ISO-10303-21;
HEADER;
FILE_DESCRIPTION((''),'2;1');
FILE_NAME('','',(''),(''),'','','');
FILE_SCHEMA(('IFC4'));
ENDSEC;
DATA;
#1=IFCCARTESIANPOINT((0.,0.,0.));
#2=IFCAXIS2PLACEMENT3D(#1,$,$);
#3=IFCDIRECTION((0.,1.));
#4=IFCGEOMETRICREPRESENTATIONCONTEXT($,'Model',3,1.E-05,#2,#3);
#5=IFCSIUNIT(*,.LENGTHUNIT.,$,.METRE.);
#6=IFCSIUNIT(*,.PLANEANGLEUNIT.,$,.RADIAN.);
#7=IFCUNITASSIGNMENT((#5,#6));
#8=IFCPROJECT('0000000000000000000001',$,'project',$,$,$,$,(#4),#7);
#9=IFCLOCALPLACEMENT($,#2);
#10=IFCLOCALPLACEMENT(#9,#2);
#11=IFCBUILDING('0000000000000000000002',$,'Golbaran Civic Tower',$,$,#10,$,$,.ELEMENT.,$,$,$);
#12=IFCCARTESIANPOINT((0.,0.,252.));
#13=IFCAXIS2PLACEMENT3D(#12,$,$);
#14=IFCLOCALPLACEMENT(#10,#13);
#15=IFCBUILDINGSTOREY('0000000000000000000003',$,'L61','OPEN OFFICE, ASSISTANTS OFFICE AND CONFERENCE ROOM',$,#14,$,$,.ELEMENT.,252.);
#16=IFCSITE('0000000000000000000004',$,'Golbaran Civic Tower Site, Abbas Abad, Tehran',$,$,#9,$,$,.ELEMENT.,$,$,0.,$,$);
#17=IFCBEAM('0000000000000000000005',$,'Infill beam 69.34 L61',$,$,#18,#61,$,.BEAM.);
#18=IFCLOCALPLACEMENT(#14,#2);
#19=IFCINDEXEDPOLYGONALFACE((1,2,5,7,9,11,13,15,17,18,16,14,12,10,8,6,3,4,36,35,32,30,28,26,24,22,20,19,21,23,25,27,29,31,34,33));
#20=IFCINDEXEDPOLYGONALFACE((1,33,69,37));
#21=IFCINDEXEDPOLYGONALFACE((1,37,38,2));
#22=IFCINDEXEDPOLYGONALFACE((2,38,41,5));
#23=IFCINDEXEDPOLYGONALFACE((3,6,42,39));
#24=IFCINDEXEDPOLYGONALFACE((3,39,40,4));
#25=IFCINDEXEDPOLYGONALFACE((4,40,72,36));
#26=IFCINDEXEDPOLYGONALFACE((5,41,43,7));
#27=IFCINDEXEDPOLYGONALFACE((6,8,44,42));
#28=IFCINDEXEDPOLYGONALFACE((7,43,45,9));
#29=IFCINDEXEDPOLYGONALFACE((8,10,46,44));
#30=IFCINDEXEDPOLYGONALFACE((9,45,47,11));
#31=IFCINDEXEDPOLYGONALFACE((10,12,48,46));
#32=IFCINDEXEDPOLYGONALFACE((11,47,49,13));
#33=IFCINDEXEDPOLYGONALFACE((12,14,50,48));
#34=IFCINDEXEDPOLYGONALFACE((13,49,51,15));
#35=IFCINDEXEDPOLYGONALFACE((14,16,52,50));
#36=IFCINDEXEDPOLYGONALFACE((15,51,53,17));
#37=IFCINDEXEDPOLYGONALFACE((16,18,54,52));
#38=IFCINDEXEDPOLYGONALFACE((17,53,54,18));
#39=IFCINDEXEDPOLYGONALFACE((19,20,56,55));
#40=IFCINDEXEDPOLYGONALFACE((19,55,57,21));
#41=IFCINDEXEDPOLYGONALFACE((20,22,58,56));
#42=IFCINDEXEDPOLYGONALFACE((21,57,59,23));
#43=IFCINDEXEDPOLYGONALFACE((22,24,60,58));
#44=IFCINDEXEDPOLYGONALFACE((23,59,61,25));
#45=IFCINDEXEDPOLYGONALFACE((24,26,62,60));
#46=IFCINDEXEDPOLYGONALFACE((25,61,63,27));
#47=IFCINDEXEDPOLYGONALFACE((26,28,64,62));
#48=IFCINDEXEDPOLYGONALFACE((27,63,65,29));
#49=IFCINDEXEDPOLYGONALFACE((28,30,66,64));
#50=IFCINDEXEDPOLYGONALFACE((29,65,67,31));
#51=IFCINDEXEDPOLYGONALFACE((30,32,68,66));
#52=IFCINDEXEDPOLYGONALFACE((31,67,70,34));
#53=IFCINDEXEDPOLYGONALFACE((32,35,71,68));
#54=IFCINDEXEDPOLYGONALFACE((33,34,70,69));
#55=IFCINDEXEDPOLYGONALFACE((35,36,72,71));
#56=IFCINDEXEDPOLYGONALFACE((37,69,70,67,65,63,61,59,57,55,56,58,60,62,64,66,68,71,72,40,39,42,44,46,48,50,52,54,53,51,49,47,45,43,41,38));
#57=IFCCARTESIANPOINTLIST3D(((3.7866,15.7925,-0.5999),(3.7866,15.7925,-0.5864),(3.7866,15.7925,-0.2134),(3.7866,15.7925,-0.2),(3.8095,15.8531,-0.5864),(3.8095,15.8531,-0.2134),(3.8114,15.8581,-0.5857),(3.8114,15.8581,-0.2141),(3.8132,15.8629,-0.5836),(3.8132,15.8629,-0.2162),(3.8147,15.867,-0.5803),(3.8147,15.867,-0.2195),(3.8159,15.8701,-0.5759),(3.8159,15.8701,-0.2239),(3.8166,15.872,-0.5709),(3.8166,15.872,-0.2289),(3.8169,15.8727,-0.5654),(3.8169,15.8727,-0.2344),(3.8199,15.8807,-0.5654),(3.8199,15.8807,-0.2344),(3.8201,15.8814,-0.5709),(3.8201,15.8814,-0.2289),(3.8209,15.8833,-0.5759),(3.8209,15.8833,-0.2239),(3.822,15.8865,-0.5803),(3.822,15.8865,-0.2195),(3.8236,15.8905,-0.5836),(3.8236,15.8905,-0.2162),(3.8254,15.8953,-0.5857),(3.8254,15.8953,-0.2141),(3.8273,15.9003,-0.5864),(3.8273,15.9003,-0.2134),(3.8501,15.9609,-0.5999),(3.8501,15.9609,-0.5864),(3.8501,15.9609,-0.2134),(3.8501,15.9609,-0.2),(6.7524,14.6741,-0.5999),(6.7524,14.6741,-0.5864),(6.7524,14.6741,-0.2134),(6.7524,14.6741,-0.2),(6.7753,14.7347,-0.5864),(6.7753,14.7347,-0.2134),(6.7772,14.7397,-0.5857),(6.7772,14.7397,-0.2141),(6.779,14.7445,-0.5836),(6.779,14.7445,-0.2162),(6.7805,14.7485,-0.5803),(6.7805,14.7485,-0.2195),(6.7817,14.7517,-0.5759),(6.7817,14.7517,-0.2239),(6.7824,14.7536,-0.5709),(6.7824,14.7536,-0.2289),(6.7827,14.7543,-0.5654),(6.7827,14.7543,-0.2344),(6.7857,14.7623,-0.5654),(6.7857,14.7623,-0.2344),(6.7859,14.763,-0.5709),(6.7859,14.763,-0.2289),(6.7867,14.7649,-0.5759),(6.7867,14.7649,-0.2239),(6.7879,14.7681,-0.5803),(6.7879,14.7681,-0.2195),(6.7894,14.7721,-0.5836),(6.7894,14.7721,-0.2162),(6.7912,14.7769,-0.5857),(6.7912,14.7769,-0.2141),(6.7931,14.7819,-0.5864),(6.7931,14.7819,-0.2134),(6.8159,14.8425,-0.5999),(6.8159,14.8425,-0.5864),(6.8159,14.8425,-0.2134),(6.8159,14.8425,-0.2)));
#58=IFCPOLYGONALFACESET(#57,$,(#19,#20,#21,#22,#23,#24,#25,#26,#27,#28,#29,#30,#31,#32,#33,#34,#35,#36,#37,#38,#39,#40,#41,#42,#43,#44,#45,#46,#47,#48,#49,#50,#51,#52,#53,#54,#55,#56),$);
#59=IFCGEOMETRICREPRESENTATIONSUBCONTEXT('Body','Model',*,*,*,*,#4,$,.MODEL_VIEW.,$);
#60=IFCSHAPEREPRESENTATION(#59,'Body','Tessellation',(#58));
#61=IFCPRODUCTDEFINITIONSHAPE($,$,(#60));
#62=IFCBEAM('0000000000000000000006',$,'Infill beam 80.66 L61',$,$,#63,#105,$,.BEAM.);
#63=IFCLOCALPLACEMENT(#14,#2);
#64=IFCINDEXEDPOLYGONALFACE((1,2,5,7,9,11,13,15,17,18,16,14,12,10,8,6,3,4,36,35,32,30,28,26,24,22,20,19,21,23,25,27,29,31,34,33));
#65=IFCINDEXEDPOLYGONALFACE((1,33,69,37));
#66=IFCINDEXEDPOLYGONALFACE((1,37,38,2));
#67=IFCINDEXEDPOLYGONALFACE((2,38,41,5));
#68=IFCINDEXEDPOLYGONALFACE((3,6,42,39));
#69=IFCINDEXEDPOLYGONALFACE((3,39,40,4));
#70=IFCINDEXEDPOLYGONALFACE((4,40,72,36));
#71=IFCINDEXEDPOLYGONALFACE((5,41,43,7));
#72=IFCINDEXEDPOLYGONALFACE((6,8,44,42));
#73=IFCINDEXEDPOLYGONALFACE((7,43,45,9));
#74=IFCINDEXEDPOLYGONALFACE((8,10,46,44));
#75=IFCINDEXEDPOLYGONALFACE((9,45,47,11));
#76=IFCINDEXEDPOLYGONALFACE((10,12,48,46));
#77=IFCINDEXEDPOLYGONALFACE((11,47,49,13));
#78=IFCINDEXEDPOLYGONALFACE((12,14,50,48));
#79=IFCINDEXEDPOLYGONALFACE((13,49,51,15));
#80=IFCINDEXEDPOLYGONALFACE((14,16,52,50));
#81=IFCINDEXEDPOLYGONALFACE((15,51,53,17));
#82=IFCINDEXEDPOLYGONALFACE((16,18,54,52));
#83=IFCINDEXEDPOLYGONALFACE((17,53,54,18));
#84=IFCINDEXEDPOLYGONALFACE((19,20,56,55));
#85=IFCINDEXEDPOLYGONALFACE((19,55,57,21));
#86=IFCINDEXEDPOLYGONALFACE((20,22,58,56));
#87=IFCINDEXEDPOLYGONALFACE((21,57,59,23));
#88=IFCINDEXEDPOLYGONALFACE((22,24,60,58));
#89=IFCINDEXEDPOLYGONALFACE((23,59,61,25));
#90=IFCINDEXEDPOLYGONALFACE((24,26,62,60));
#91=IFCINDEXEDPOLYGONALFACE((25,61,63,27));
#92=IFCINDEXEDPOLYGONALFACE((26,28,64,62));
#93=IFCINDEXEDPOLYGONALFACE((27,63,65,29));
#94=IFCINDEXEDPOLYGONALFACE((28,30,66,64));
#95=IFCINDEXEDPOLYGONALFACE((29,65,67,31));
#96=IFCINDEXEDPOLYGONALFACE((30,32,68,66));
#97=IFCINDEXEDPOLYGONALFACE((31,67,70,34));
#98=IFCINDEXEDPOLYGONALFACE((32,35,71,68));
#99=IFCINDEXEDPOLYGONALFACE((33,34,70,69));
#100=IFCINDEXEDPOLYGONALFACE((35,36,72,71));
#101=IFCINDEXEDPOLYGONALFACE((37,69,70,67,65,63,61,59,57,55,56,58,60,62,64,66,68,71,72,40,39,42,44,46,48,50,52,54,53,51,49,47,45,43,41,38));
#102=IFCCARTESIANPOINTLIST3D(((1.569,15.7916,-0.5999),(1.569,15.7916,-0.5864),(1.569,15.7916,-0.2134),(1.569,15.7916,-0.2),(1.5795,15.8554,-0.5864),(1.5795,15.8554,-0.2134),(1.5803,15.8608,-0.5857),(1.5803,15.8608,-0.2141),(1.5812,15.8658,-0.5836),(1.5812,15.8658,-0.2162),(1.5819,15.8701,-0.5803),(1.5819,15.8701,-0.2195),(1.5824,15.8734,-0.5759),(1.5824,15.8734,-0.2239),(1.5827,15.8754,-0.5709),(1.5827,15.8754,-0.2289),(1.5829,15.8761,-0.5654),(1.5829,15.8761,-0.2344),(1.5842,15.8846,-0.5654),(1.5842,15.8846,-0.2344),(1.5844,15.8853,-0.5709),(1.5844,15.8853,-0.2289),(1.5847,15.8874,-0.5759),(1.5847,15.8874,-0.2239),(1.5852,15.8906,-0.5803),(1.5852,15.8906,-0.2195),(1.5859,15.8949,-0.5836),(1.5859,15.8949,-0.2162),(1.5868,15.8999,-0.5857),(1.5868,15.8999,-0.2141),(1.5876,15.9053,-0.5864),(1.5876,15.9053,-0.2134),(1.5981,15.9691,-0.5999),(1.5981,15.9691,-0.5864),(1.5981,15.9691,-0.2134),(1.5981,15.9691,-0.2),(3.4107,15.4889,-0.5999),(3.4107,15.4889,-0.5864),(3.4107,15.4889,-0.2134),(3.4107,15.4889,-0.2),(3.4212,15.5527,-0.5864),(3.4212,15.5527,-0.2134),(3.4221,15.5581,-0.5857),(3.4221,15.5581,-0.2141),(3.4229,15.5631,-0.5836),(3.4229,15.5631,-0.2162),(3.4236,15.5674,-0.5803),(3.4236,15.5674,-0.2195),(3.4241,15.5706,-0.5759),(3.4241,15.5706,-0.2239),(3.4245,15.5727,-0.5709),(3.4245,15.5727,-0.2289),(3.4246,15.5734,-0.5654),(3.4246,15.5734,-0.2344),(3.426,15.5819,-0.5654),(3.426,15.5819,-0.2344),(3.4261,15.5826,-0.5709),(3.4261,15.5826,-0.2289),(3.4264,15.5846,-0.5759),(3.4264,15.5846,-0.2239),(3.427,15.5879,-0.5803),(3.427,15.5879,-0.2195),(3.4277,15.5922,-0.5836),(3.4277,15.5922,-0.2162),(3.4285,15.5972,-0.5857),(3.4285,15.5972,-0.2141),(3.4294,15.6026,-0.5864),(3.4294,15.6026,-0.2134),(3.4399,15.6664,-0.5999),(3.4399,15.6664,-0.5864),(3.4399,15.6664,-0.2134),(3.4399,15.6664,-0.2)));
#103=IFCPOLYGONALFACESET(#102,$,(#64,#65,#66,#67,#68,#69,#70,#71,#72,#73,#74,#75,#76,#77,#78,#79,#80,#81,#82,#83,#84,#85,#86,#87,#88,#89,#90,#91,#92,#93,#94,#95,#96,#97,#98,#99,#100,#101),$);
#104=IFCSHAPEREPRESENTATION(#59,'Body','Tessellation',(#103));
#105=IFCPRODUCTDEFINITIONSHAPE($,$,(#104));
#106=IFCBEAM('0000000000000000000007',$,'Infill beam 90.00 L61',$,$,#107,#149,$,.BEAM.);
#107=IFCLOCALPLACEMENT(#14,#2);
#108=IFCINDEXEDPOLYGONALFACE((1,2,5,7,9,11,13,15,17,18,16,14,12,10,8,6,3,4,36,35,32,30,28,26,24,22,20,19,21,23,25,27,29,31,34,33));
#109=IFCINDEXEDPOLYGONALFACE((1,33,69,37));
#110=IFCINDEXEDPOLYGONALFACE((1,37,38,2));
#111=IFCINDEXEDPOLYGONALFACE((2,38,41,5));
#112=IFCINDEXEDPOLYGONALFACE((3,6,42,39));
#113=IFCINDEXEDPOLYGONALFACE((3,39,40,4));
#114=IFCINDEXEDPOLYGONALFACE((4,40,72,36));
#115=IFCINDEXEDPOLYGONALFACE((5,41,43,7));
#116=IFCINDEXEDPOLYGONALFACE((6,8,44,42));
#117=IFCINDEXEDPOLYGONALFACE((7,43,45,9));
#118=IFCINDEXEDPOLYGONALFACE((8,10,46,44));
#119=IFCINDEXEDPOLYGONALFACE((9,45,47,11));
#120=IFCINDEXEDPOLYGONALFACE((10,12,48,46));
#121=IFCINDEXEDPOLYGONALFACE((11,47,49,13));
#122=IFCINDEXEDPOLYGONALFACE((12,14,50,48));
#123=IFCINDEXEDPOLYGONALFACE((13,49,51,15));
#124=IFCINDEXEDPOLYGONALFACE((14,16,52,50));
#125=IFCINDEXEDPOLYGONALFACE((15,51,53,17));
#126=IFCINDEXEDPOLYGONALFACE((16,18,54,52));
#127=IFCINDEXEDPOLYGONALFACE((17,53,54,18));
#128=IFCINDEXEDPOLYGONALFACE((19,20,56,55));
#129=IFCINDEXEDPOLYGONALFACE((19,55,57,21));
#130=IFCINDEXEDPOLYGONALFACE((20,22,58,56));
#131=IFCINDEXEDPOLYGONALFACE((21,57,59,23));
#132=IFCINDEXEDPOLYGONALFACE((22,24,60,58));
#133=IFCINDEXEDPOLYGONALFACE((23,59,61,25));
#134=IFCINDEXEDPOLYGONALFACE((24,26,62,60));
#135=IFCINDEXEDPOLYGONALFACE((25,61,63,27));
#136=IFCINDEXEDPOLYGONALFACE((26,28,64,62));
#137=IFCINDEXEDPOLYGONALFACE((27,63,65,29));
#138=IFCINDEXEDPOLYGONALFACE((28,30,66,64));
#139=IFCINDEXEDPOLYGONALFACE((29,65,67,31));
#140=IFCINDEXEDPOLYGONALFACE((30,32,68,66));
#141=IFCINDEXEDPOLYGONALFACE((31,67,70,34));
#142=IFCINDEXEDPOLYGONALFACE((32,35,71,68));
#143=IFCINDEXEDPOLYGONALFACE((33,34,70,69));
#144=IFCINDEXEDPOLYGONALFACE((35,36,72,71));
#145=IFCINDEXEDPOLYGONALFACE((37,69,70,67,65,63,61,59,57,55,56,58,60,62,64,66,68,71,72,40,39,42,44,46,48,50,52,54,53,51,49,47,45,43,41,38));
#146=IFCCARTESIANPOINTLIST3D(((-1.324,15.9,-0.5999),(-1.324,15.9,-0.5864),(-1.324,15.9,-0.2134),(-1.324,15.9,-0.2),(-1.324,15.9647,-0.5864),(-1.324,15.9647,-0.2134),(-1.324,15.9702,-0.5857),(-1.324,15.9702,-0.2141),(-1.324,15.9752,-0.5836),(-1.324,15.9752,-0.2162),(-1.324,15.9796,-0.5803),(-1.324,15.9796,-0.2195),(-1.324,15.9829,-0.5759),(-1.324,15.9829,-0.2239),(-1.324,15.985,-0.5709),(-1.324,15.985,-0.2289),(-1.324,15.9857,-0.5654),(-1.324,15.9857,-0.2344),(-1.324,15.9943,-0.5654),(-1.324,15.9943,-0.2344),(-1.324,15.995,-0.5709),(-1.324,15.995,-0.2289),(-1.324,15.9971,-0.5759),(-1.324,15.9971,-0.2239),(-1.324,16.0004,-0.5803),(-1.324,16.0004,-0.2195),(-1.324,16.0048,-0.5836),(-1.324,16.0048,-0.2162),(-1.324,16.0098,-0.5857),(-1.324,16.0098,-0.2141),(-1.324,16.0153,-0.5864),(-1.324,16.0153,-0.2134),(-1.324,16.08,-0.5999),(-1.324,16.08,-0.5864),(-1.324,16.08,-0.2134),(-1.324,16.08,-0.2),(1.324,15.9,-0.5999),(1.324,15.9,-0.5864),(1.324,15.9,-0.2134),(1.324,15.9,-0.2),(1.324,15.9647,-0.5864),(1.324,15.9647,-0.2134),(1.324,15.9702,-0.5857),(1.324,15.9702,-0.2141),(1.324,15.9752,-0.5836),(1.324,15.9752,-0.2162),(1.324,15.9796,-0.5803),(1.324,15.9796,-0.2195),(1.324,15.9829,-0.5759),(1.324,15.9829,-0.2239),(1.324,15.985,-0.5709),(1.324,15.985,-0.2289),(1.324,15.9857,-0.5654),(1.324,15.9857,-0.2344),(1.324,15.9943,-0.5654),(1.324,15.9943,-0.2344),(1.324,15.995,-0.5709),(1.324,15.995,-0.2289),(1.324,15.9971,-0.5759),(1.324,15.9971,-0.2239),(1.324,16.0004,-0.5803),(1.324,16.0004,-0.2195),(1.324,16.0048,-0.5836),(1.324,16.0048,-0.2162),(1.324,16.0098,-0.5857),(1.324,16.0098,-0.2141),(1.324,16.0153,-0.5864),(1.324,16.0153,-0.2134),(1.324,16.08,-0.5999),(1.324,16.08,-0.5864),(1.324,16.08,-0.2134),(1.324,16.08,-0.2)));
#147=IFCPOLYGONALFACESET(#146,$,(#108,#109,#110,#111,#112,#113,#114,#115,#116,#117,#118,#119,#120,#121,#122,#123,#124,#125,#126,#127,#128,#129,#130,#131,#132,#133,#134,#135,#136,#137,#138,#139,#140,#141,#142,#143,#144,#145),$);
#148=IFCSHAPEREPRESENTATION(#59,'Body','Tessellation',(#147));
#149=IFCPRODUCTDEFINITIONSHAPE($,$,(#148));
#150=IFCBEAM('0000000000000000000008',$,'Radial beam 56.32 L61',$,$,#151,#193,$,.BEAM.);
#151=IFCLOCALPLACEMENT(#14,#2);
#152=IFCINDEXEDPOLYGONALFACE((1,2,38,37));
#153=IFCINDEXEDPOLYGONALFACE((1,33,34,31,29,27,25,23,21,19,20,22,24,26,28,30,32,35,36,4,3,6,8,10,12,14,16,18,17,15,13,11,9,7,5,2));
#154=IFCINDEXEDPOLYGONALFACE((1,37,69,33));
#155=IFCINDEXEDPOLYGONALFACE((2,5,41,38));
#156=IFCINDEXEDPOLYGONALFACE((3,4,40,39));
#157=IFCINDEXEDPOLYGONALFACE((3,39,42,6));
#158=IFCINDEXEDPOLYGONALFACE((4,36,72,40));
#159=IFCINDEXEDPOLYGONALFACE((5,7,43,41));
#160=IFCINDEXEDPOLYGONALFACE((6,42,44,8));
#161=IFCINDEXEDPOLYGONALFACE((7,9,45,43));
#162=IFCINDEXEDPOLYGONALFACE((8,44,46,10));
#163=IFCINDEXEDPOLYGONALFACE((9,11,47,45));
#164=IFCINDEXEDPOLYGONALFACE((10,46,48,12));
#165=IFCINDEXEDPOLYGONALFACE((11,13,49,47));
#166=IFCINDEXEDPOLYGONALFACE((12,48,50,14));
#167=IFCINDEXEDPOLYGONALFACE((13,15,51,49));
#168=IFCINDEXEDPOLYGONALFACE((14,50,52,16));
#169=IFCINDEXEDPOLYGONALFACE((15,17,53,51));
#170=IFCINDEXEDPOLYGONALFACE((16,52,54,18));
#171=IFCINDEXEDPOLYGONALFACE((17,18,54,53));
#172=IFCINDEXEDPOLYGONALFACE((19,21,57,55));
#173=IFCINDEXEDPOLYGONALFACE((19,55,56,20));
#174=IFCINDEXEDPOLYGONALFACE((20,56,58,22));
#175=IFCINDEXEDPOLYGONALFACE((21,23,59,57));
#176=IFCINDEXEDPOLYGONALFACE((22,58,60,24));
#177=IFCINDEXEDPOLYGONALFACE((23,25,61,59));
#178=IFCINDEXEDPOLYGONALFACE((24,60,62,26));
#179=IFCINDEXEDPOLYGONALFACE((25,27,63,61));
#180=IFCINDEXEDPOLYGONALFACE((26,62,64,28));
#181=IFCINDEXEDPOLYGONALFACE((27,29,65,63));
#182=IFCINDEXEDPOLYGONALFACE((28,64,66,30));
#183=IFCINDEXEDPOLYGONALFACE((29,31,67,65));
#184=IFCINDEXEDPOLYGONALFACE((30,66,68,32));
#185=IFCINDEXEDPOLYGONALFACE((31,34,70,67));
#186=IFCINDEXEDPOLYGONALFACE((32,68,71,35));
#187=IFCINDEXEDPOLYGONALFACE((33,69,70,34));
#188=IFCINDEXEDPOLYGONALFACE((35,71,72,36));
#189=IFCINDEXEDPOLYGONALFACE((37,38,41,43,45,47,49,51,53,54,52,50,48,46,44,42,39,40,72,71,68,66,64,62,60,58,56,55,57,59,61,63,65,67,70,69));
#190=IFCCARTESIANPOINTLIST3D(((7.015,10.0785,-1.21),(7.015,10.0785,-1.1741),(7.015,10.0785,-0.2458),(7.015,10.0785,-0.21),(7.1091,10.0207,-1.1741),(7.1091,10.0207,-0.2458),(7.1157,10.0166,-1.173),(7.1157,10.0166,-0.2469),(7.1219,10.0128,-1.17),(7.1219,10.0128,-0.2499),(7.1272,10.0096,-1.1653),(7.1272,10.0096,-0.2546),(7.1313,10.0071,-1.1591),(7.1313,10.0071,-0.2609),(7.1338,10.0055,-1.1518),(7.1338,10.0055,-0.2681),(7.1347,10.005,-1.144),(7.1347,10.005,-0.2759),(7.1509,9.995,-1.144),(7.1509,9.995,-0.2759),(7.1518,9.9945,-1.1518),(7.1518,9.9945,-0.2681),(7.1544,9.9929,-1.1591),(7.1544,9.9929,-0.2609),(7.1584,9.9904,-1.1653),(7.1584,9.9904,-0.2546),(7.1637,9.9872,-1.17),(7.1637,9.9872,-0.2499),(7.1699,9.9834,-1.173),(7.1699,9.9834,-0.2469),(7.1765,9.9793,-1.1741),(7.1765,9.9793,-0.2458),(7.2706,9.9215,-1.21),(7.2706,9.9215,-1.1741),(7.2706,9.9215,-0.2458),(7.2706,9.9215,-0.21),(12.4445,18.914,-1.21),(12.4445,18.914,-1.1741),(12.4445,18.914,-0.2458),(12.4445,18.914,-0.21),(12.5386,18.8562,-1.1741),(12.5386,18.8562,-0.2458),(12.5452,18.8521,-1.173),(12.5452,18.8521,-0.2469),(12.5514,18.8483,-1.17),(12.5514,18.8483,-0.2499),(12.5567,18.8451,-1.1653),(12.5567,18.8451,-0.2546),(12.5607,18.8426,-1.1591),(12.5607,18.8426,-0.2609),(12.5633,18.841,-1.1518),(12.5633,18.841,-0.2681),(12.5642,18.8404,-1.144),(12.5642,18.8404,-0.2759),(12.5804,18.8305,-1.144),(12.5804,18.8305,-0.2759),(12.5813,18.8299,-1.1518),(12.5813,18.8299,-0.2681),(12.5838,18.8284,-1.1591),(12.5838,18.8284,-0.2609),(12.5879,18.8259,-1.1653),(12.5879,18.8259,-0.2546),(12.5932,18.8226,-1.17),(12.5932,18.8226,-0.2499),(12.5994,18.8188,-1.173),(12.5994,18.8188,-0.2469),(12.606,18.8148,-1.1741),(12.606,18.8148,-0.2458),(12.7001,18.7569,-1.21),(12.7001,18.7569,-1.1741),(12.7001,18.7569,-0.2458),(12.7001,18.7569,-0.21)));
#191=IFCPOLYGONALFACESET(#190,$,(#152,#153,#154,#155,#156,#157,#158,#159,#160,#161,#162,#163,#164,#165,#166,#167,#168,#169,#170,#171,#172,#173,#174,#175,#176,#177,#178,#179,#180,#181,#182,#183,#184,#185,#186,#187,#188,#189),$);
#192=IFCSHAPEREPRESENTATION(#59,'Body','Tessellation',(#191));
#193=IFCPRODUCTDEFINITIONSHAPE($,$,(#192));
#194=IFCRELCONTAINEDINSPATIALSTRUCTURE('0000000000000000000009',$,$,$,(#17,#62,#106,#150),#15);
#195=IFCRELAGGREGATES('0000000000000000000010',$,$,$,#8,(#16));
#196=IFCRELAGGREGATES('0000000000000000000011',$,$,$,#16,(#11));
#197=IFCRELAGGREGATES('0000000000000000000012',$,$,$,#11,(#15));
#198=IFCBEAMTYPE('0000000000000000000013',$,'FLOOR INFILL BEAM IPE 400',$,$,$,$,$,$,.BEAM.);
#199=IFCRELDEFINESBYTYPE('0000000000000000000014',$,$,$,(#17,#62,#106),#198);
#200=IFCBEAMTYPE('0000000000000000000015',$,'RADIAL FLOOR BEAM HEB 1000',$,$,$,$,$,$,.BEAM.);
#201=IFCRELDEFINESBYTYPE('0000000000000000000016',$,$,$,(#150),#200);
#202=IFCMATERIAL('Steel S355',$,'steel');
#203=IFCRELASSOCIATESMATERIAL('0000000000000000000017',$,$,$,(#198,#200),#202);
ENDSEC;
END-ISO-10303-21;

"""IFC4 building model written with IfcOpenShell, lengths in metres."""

from ifc_helpers import new_model, si_unit, direction, frame, origin, origin_2d, place, context, subcontext, project, spatial, i_section, extrude, material, material_profile, profile_set, type_object, element, save


model = new_model("IFC4")

# Units and contexts
model_context = context("Model", 3, precision=1e-05, world=origin(), true_north=direction((0.0, 1.0)))
body_context = subcontext(model_context, "Body", "Model", "MODEL_VIEW")
ifc_project = project(units=[si_unit("LENGTHUNIT", "METRE"), si_unit("PLANEANGLEUNIT", "RADIAN")], contexts=[model_context])

# Site, building, storey
site_placement = place(None, origin())
site = spatial("IfcSite", under=ifc_project, at=site_placement, Name="Golbaran Civic Tower Site, Abbas Abad, Tehran", CompositionType="ELEMENT", RefElevation=0.0)
building_placement = place(site_placement, origin())
building = spatial("IfcBuilding", under=site, at=building_placement, Name="Golbaran Civic Tower", CompositionType="ELEMENT")
storey_placement = place(building_placement, frame((0.0, 0.0, 252.0)))
storey = spatial("IfcBuildingStorey", under=building, at=storey_placement, Name="L61", Description="OPEN OFFICE, ASSISTANTS OFFICE AND CONFERENCE ROOM", CompositionType="ELEMENT", Elevation=252.0)

# Beams
ifc_material_1 = material(Name="Steel S355", Category="steel")
ifc_material_profile_1 = material_profile(ifc_material_1, i_section(OverallWidth=0.1799, OverallDepth=0.3999, WebThickness=0.0085, FlangeThickness=0.0134, FilletRadius=0.021, at=origin_2d()), Name="IPE 400")
ifc_profile_set_1 = profile_set([ifc_material_profile_1], Name="Steel S355")
beam_type_1 = type_object("IfcBeamType", Name="FLOOR INFILL BEAM IPE 400", PredefinedType="BEAM", material=ifc_profile_set_1)
beam_1_placement = place(storey_placement, frame((6.7842, 14.7583, -0.3999), z_axis=(-0.935682, 0.352845, 0.0), x_axis=(-0.352845, -0.935682, 0.0)))
element("IfcBeam", 1, at=beam_1_placement, inside=storey, type_object=beam_type_1, Name="Infill beam 69.34 L61", PredefinedType="BEAM", context=body_context, shape_type="SweptSolid", body=[
    extrude(i_section(OverallWidth=0.1799, OverallDepth=0.3999, WebThickness=0.0085, FlangeThickness=0.0134, FilletRadius=0.021, at=origin_2d()), origin(), (0.0, 0.0, 1.0), 3.1697),
])
beam_2_placement = place(storey_placement, frame((3.4253, 15.5776, -0.3999), z_axis=(-0.986759, 0.162193, 0.0), x_axis=(-0.162193, -0.986759, 0.0)))
element("IfcBeam", 2, at=beam_2_placement, inside=storey, type_object=beam_type_1, Name="Infill beam 80.66 L61", PredefinedType="BEAM", context=body_context, shape_type="SweptSolid", body=[
    extrude(i_section(OverallWidth=0.1799, OverallDepth=0.3999, WebThickness=0.0085, FlangeThickness=0.0134, FilletRadius=0.021, at=origin_2d()), origin(), (0.0, 0.0, 1.0), 1.8665),
])
beam_3_placement = place(storey_placement, frame((1.324, 15.99, -0.3999), z_axis=(-1.0, 0.0, 0.0), x_axis=(0.0, -1.0, 0.0)))
element("IfcBeam", 3, at=beam_3_placement, inside=storey, type_object=beam_type_1, Name="Infill beam 90.00 L61", PredefinedType="BEAM", context=body_context, shape_type="SweptSolid", body=[
    extrude(i_section(OverallWidth=0.1799, OverallDepth=0.3999, WebThickness=0.0085, FlangeThickness=0.0134, FilletRadius=0.021, at=origin_2d()), origin(), (0.0, 0.0, 1.0), 2.6479),
])
ifc_material_profile_2 = material_profile(ifc_material_1, i_section(OverallWidth=0.3, OverallDepth=1.0, WebThickness=0.019, FlangeThickness=0.0359, FilletRadius=0.03, at=origin_2d()), Name="HEB 1000")
ifc_profile_set_2 = profile_set([ifc_material_profile_2], Name="Steel S355")
beam_type_2 = type_object("IfcBeamType", Name="RADIAL FLOOR BEAM HEB 1000", PredefinedType="BEAM", material=ifc_profile_set_2)
beam_4_placement = place(storey_placement, frame((7.1428, 10.0, -0.71), z_axis=(0.523555, 0.851992, 0.0), x_axis=(-0.851992, 0.523555, 0.0)))
element("IfcBeam", 4, at=beam_4_placement, inside=storey, type_object=beam_type_2, Name="Radial beam 56.32 L61", PredefinedType="BEAM", context=body_context, shape_type="SweptSolid", body=[
    extrude(i_section(OverallWidth=0.3, OverallDepth=1.0, WebThickness=0.019, FlangeThickness=0.0359, FilletRadius=0.03, at=origin_2d()), origin(), (0.0, 0.0, 1.0), 10.3704),
])

save(model, "model.ifc")
